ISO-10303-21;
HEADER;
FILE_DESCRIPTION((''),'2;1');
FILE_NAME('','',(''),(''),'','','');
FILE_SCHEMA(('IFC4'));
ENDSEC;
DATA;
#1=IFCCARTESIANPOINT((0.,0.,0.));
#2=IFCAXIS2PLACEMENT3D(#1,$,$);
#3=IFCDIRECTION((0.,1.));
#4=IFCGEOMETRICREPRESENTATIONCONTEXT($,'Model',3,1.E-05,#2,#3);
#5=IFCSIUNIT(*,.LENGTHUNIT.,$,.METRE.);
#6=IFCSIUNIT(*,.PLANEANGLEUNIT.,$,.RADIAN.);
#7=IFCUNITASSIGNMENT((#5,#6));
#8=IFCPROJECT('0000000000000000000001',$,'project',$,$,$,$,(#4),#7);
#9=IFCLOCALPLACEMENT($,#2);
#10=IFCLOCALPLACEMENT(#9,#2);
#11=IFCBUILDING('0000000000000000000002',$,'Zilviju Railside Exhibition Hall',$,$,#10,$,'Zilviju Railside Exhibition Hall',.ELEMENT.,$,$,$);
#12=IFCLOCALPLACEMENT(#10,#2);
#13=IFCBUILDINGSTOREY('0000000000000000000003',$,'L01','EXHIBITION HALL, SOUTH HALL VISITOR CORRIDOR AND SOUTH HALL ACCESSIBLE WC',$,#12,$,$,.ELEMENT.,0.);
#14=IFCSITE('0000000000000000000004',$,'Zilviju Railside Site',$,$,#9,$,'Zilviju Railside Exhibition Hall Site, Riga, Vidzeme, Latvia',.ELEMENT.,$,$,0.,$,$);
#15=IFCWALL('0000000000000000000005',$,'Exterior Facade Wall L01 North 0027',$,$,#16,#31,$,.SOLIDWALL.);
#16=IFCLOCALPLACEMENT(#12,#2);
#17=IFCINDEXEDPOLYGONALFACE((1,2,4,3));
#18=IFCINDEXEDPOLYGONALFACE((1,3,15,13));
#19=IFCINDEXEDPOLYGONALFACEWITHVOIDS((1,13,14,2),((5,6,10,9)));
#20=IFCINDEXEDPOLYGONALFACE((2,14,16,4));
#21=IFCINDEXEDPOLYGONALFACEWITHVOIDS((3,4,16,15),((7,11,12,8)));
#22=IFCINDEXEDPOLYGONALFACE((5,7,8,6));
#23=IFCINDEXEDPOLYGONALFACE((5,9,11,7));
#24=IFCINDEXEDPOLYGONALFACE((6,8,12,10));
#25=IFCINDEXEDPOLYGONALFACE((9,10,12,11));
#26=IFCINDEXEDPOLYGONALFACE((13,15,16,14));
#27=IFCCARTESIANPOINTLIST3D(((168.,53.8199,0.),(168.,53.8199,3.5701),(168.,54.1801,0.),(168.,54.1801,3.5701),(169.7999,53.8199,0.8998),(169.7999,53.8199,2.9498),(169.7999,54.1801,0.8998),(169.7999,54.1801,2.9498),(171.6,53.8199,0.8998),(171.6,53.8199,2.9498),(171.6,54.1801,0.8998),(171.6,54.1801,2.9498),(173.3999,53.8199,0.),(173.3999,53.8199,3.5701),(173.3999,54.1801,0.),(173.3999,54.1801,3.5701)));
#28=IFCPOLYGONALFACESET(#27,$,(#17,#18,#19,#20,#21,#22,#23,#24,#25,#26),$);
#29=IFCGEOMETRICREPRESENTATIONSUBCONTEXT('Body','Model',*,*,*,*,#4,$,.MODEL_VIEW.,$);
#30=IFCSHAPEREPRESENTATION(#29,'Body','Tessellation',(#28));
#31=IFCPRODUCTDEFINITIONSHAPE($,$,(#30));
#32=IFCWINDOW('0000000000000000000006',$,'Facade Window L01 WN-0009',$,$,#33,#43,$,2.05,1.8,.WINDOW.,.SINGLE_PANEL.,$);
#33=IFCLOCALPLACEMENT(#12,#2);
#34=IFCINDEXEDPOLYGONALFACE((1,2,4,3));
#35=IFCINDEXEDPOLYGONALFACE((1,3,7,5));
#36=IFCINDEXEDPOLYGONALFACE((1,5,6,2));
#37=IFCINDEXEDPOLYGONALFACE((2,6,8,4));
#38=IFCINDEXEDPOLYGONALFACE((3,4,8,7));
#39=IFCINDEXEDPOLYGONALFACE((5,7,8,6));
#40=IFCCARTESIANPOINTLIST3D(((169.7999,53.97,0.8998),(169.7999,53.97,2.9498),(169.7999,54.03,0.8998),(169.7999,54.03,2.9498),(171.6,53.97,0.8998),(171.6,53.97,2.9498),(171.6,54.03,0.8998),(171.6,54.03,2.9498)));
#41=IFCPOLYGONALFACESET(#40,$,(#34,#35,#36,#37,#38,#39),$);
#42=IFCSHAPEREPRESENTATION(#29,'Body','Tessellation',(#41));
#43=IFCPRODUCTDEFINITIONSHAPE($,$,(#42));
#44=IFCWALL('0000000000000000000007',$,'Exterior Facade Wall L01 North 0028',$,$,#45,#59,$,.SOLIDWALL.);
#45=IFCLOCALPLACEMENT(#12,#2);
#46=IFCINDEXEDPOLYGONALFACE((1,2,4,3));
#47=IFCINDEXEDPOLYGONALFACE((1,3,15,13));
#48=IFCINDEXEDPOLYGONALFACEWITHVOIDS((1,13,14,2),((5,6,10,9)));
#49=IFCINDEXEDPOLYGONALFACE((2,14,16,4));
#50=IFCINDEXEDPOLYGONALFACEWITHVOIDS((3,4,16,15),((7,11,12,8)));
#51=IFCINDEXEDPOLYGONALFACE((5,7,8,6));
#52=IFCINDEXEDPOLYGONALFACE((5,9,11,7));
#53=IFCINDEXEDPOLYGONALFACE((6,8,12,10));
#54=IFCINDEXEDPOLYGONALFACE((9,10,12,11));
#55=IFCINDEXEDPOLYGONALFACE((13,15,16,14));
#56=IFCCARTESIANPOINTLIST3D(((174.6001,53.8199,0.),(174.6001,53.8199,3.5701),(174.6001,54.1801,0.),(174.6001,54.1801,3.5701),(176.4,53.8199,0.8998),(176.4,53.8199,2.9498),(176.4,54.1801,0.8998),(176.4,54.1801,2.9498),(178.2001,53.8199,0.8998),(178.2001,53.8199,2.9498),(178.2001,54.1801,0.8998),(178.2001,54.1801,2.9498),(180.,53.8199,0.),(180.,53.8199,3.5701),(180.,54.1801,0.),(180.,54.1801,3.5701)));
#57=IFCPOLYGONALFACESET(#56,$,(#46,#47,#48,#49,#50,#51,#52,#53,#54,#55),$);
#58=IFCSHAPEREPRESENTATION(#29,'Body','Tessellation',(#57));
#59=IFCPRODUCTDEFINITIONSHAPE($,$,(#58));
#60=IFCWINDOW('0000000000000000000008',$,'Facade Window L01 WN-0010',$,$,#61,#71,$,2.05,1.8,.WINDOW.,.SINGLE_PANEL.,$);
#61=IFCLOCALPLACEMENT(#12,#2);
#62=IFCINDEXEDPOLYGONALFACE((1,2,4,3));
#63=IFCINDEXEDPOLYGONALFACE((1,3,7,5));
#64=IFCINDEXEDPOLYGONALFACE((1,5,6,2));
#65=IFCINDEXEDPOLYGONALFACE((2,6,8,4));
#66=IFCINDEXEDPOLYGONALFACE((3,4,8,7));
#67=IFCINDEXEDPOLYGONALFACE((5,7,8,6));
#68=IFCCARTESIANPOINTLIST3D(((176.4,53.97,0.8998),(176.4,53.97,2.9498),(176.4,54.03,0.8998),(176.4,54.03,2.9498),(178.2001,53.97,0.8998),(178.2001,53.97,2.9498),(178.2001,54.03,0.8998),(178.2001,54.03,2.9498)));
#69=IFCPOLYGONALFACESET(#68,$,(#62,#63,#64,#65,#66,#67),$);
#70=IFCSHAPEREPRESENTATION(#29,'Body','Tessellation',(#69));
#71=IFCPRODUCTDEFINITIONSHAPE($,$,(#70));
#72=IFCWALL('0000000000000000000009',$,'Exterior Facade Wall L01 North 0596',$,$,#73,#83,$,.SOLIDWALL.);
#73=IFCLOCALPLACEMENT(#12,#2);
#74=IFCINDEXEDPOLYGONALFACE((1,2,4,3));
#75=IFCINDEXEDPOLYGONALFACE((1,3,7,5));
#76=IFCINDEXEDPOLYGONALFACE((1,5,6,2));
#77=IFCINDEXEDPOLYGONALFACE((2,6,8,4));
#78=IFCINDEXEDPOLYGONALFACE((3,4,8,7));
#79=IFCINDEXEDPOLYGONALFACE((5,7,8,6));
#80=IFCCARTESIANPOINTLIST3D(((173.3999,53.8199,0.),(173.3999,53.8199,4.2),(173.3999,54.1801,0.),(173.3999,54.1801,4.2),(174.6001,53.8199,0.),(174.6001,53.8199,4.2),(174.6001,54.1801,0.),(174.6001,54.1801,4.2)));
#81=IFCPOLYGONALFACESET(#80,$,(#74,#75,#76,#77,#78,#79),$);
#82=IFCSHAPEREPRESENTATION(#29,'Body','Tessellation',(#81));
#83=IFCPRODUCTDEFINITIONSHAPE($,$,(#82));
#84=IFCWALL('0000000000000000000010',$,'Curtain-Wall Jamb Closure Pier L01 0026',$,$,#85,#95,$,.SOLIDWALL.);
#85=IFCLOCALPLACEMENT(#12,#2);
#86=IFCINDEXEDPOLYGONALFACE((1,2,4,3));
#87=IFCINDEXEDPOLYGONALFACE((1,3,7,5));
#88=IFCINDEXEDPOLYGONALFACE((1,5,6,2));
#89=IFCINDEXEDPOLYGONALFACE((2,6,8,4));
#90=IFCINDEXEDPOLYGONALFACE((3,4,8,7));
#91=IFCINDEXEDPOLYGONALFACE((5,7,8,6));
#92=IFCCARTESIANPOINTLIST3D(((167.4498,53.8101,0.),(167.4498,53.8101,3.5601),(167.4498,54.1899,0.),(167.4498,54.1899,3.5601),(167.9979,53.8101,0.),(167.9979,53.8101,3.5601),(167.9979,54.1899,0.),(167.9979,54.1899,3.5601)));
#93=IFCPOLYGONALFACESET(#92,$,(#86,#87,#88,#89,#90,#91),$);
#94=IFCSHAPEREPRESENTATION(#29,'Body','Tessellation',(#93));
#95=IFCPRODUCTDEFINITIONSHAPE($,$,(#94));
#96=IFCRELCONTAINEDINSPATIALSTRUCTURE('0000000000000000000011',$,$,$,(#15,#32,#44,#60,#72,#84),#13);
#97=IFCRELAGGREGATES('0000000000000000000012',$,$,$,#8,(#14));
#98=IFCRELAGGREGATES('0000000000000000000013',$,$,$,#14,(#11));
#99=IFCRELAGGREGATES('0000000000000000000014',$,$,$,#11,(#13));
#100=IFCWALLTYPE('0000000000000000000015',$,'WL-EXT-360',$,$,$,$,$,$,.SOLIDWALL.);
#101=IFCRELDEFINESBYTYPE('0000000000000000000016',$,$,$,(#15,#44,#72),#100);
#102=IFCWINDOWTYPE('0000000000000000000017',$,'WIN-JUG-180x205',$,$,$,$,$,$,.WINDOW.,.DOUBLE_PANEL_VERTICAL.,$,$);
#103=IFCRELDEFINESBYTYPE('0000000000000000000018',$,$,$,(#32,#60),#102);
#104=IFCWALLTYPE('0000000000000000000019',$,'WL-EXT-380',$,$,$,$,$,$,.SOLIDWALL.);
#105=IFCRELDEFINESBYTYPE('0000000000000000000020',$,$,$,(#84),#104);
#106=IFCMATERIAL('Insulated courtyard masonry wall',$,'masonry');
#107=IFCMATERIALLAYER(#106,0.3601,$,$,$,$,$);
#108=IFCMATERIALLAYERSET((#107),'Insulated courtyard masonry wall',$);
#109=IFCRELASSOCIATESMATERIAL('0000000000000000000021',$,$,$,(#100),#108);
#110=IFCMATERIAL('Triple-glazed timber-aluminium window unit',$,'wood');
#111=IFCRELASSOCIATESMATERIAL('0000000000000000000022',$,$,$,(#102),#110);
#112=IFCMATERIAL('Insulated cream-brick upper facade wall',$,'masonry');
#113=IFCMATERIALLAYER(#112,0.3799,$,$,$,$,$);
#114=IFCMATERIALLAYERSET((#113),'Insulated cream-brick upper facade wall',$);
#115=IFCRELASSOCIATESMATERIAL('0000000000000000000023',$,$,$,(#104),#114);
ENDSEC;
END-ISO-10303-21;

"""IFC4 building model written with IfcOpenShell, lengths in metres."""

from ifc_helpers import new_model, si_unit, direction, frame, frame_2d, origin, place, context, subcontext, project, spatial, rectangle, extrude, material, layer, layer_set, type_object, element, fill, save


model = new_model("IFC4")

# Units and contexts
model_context = context("Model", 3, precision=1e-05, world=origin(), true_north=direction((0.0, 1.0)))
body_context = subcontext(model_context, "Body", "Model", "MODEL_VIEW")
ifc_project = project(units=[si_unit("LENGTHUNIT", "METRE"), si_unit("PLANEANGLEUNIT", "RADIAN")], contexts=[model_context])

# Site, building, storey
site_placement = place(None, origin())
site = spatial("IfcSite", under=ifc_project, at=site_placement, Name="Zilviju Railside Site", LongName="Zilviju Railside Exhibition Hall Site, Riga, Vidzeme, Latvia", CompositionType="ELEMENT", RefElevation=0.0)
building_placement = place(site_placement, origin())
building = spatial("IfcBuilding", under=site, at=building_placement, Name="Zilviju Railside Exhibition Hall", LongName="Zilviju Railside Exhibition Hall", CompositionType="ELEMENT")
storey_placement = place(building_placement, origin())
storey = spatial("IfcBuildingStorey", under=building, at=storey_placement, Name="L01", Description="EXHIBITION HALL, SOUTH HALL VISITOR CORRIDOR AND SOUTH HALL ACCESSIBLE WC", CompositionType="ELEMENT", Elevation=0.0)

# Walls, openings, windows
ifc_material_1 = material(Name="Insulated courtyard masonry wall", Category="masonry")
ifc_layer_1 = layer(ifc_material_1, 0.3601)
ifc_layer_set_1 = layer_set([ifc_layer_1], Name="Insulated courtyard masonry wall")
wall_type_1 = type_object("IfcWallType", Name="WL-EXT-360", PredefinedType="SOLIDWALL", material=ifc_layer_set_1)
wall_1_placement = place(storey_placement, frame((168.0, 54.0, 0.0), z_axis=(0.0, 0.0, 1.0), x_axis=(1.0, 0.0, 0.0)))
wall_1 = element("IfcWall", 1, at=wall_1_placement, inside=storey, type_object=wall_type_1, Name="Exterior Facade Wall L01 North 0027", PredefinedType="SOLIDWALL", context=body_context, shape_type="SweptSolid", body=[
    extrude(rectangle(XDim=5.3999, YDim=0.3601, at=frame_2d((2.7, 0.0))), origin(), (0.0, 0.0, 1.0), 3.5701),
])
opening_1_placement = place(wall_1_placement, frame((1.8, 0.0, 0.8999)))
opening_1 = element("IfcOpeningElement", 2, at=opening_1_placement, cuts=wall_1, PredefinedType="OPENING", context=body_context, shape_type="SweptSolid", body=[
    extrude(rectangle(XDim=1.8, YDim=2.05, at=frame_2d((0.8999, 1.0249))), frame((0.0, 0.1899, 0.0), z_axis=(0.0, -1.0, 0.0), x_axis=(1.0, 0.0, 0.0)), (0.0, 0.0, 1.0), 0.3801),
])
ifc_material_2 = material(Name="Triple-glazed timber-aluminium window unit", Category="wood")
window_type = type_object("IfcWindowType", Name="WIN-JUG-180x205", PartitioningType="DOUBLE_PANEL_VERTICAL", PredefinedType="WINDOW", material=ifc_material_2)
window_1_placement = place(opening_1_placement, origin())
window_1 = element("IfcWindow", 3, at=window_1_placement, inside=storey, type_object=window_type, Name="Facade Window L01 WN-0009", OverallHeight=2.05, OverallWidth=1.8, PartitioningType="SINGLE_PANEL", PredefinedType="WINDOW", context=body_context, shape_type="SweptSolid", body=[
    extrude(rectangle(XDim=1.8, YDim=2.05, at=frame_2d((0.8999, 1.0249))), frame((0.0, 0.03, 0.0), z_axis=(0.0, -1.0, 0.0), x_axis=(1.0, 0.0, 0.0)), (0.0, 0.0, 1.0), 0.0601),
])
fill(opening_1, window_1)
wall_2_placement = place(storey_placement, frame((174.6001, 54.0, 0.0), z_axis=(0.0, 0.0, 1.0), x_axis=(1.0, 0.0, 0.0)))
wall_2 = element("IfcWall", 4, at=wall_2_placement, inside=storey, type_object=wall_type_1, Name="Exterior Facade Wall L01 North 0028", PredefinedType="SOLIDWALL", context=body_context, shape_type="SweptSolid", body=[
    extrude(rectangle(XDim=5.3999, YDim=0.3601, at=frame_2d((2.7, 0.0))), origin(), (0.0, 0.0, 1.0), 3.5701),
])
opening_2_placement = place(wall_2_placement, frame((1.8, 0.0, 0.8999)))
opening_2 = element("IfcOpeningElement", 5, at=opening_2_placement, cuts=wall_2, PredefinedType="OPENING", context=body_context, shape_type="SweptSolid", body=[
    extrude(rectangle(XDim=1.8, YDim=2.05, at=frame_2d((0.8999, 1.0249))), frame((0.0, 0.1899, 0.0), z_axis=(0.0, -1.0, 0.0), x_axis=(1.0, 0.0, 0.0)), (0.0, 0.0, 1.0), 0.3801),
])
window_2_placement = place(opening_2_placement, origin())
window_2 = element("IfcWindow", 6, at=window_2_placement, inside=storey, type_object=window_type, Name="Facade Window L01 WN-0010", OverallHeight=2.05, OverallWidth=1.8, PartitioningType="SINGLE_PANEL", PredefinedType="WINDOW", context=body_context, shape_type="SweptSolid", body=[
    extrude(rectangle(XDim=1.8, YDim=2.05, at=frame_2d((0.8999, 1.0249))), frame((0.0, 0.03, 0.0), z_axis=(0.0, -1.0, 0.0), x_axis=(1.0, 0.0, 0.0)), (0.0, 0.0, 1.0), 0.0601),
])
fill(opening_2, window_2)

# Walls
wall_3_placement = place(storey_placement, frame((173.3999, 54.0, 0.0), z_axis=(0.0, 0.0, 1.0), x_axis=(1.0, 0.0, 0.0)))
element("IfcWall", 7, at=wall_3_placement, inside=storey, type_object=wall_type_1, Name="Exterior Facade Wall L01 North 0596", PredefinedType="SOLIDWALL", context=body_context, shape_type="SweptSolid", body=[
    extrude(rectangle(XDim=1.2002, YDim=0.3601, at=frame_2d((0.6001, 0.0))), origin(), (0.0, 0.0, 1.0), 4.2),
])
ifc_material_3 = material(Name="Insulated cream-brick upper facade wall", Category="masonry")
ifc_layer_2 = layer(ifc_material_3, 0.3799)
ifc_layer_set_2 = layer_set([ifc_layer_2], Name="Insulated cream-brick upper facade wall")
wall_type_2 = type_object("IfcWallType", Name="WL-EXT-380", PredefinedType="SOLIDWALL", material=ifc_layer_set_2)
wall_4_placement = place(storey_placement, frame((167.45, 54.0, 0.0), z_axis=(0.0, 0.0, 1.0), x_axis=(1.0, 0.0, 0.0)))
element("IfcWall", 8, at=wall_4_placement, inside=storey, type_object=wall_type_2, Name="Curtain-Wall Jamb Closure Pier L01 0026", PredefinedType="SOLIDWALL", context=body_context, shape_type="SweptSolid", body=[
    extrude(rectangle(XDim=0.5481, YDim=0.3799, at=frame_2d((0.2739, 0.0))), origin(), (0.0, 0.0, 1.0), 3.5601),
])

save(model, "model.ifc")
